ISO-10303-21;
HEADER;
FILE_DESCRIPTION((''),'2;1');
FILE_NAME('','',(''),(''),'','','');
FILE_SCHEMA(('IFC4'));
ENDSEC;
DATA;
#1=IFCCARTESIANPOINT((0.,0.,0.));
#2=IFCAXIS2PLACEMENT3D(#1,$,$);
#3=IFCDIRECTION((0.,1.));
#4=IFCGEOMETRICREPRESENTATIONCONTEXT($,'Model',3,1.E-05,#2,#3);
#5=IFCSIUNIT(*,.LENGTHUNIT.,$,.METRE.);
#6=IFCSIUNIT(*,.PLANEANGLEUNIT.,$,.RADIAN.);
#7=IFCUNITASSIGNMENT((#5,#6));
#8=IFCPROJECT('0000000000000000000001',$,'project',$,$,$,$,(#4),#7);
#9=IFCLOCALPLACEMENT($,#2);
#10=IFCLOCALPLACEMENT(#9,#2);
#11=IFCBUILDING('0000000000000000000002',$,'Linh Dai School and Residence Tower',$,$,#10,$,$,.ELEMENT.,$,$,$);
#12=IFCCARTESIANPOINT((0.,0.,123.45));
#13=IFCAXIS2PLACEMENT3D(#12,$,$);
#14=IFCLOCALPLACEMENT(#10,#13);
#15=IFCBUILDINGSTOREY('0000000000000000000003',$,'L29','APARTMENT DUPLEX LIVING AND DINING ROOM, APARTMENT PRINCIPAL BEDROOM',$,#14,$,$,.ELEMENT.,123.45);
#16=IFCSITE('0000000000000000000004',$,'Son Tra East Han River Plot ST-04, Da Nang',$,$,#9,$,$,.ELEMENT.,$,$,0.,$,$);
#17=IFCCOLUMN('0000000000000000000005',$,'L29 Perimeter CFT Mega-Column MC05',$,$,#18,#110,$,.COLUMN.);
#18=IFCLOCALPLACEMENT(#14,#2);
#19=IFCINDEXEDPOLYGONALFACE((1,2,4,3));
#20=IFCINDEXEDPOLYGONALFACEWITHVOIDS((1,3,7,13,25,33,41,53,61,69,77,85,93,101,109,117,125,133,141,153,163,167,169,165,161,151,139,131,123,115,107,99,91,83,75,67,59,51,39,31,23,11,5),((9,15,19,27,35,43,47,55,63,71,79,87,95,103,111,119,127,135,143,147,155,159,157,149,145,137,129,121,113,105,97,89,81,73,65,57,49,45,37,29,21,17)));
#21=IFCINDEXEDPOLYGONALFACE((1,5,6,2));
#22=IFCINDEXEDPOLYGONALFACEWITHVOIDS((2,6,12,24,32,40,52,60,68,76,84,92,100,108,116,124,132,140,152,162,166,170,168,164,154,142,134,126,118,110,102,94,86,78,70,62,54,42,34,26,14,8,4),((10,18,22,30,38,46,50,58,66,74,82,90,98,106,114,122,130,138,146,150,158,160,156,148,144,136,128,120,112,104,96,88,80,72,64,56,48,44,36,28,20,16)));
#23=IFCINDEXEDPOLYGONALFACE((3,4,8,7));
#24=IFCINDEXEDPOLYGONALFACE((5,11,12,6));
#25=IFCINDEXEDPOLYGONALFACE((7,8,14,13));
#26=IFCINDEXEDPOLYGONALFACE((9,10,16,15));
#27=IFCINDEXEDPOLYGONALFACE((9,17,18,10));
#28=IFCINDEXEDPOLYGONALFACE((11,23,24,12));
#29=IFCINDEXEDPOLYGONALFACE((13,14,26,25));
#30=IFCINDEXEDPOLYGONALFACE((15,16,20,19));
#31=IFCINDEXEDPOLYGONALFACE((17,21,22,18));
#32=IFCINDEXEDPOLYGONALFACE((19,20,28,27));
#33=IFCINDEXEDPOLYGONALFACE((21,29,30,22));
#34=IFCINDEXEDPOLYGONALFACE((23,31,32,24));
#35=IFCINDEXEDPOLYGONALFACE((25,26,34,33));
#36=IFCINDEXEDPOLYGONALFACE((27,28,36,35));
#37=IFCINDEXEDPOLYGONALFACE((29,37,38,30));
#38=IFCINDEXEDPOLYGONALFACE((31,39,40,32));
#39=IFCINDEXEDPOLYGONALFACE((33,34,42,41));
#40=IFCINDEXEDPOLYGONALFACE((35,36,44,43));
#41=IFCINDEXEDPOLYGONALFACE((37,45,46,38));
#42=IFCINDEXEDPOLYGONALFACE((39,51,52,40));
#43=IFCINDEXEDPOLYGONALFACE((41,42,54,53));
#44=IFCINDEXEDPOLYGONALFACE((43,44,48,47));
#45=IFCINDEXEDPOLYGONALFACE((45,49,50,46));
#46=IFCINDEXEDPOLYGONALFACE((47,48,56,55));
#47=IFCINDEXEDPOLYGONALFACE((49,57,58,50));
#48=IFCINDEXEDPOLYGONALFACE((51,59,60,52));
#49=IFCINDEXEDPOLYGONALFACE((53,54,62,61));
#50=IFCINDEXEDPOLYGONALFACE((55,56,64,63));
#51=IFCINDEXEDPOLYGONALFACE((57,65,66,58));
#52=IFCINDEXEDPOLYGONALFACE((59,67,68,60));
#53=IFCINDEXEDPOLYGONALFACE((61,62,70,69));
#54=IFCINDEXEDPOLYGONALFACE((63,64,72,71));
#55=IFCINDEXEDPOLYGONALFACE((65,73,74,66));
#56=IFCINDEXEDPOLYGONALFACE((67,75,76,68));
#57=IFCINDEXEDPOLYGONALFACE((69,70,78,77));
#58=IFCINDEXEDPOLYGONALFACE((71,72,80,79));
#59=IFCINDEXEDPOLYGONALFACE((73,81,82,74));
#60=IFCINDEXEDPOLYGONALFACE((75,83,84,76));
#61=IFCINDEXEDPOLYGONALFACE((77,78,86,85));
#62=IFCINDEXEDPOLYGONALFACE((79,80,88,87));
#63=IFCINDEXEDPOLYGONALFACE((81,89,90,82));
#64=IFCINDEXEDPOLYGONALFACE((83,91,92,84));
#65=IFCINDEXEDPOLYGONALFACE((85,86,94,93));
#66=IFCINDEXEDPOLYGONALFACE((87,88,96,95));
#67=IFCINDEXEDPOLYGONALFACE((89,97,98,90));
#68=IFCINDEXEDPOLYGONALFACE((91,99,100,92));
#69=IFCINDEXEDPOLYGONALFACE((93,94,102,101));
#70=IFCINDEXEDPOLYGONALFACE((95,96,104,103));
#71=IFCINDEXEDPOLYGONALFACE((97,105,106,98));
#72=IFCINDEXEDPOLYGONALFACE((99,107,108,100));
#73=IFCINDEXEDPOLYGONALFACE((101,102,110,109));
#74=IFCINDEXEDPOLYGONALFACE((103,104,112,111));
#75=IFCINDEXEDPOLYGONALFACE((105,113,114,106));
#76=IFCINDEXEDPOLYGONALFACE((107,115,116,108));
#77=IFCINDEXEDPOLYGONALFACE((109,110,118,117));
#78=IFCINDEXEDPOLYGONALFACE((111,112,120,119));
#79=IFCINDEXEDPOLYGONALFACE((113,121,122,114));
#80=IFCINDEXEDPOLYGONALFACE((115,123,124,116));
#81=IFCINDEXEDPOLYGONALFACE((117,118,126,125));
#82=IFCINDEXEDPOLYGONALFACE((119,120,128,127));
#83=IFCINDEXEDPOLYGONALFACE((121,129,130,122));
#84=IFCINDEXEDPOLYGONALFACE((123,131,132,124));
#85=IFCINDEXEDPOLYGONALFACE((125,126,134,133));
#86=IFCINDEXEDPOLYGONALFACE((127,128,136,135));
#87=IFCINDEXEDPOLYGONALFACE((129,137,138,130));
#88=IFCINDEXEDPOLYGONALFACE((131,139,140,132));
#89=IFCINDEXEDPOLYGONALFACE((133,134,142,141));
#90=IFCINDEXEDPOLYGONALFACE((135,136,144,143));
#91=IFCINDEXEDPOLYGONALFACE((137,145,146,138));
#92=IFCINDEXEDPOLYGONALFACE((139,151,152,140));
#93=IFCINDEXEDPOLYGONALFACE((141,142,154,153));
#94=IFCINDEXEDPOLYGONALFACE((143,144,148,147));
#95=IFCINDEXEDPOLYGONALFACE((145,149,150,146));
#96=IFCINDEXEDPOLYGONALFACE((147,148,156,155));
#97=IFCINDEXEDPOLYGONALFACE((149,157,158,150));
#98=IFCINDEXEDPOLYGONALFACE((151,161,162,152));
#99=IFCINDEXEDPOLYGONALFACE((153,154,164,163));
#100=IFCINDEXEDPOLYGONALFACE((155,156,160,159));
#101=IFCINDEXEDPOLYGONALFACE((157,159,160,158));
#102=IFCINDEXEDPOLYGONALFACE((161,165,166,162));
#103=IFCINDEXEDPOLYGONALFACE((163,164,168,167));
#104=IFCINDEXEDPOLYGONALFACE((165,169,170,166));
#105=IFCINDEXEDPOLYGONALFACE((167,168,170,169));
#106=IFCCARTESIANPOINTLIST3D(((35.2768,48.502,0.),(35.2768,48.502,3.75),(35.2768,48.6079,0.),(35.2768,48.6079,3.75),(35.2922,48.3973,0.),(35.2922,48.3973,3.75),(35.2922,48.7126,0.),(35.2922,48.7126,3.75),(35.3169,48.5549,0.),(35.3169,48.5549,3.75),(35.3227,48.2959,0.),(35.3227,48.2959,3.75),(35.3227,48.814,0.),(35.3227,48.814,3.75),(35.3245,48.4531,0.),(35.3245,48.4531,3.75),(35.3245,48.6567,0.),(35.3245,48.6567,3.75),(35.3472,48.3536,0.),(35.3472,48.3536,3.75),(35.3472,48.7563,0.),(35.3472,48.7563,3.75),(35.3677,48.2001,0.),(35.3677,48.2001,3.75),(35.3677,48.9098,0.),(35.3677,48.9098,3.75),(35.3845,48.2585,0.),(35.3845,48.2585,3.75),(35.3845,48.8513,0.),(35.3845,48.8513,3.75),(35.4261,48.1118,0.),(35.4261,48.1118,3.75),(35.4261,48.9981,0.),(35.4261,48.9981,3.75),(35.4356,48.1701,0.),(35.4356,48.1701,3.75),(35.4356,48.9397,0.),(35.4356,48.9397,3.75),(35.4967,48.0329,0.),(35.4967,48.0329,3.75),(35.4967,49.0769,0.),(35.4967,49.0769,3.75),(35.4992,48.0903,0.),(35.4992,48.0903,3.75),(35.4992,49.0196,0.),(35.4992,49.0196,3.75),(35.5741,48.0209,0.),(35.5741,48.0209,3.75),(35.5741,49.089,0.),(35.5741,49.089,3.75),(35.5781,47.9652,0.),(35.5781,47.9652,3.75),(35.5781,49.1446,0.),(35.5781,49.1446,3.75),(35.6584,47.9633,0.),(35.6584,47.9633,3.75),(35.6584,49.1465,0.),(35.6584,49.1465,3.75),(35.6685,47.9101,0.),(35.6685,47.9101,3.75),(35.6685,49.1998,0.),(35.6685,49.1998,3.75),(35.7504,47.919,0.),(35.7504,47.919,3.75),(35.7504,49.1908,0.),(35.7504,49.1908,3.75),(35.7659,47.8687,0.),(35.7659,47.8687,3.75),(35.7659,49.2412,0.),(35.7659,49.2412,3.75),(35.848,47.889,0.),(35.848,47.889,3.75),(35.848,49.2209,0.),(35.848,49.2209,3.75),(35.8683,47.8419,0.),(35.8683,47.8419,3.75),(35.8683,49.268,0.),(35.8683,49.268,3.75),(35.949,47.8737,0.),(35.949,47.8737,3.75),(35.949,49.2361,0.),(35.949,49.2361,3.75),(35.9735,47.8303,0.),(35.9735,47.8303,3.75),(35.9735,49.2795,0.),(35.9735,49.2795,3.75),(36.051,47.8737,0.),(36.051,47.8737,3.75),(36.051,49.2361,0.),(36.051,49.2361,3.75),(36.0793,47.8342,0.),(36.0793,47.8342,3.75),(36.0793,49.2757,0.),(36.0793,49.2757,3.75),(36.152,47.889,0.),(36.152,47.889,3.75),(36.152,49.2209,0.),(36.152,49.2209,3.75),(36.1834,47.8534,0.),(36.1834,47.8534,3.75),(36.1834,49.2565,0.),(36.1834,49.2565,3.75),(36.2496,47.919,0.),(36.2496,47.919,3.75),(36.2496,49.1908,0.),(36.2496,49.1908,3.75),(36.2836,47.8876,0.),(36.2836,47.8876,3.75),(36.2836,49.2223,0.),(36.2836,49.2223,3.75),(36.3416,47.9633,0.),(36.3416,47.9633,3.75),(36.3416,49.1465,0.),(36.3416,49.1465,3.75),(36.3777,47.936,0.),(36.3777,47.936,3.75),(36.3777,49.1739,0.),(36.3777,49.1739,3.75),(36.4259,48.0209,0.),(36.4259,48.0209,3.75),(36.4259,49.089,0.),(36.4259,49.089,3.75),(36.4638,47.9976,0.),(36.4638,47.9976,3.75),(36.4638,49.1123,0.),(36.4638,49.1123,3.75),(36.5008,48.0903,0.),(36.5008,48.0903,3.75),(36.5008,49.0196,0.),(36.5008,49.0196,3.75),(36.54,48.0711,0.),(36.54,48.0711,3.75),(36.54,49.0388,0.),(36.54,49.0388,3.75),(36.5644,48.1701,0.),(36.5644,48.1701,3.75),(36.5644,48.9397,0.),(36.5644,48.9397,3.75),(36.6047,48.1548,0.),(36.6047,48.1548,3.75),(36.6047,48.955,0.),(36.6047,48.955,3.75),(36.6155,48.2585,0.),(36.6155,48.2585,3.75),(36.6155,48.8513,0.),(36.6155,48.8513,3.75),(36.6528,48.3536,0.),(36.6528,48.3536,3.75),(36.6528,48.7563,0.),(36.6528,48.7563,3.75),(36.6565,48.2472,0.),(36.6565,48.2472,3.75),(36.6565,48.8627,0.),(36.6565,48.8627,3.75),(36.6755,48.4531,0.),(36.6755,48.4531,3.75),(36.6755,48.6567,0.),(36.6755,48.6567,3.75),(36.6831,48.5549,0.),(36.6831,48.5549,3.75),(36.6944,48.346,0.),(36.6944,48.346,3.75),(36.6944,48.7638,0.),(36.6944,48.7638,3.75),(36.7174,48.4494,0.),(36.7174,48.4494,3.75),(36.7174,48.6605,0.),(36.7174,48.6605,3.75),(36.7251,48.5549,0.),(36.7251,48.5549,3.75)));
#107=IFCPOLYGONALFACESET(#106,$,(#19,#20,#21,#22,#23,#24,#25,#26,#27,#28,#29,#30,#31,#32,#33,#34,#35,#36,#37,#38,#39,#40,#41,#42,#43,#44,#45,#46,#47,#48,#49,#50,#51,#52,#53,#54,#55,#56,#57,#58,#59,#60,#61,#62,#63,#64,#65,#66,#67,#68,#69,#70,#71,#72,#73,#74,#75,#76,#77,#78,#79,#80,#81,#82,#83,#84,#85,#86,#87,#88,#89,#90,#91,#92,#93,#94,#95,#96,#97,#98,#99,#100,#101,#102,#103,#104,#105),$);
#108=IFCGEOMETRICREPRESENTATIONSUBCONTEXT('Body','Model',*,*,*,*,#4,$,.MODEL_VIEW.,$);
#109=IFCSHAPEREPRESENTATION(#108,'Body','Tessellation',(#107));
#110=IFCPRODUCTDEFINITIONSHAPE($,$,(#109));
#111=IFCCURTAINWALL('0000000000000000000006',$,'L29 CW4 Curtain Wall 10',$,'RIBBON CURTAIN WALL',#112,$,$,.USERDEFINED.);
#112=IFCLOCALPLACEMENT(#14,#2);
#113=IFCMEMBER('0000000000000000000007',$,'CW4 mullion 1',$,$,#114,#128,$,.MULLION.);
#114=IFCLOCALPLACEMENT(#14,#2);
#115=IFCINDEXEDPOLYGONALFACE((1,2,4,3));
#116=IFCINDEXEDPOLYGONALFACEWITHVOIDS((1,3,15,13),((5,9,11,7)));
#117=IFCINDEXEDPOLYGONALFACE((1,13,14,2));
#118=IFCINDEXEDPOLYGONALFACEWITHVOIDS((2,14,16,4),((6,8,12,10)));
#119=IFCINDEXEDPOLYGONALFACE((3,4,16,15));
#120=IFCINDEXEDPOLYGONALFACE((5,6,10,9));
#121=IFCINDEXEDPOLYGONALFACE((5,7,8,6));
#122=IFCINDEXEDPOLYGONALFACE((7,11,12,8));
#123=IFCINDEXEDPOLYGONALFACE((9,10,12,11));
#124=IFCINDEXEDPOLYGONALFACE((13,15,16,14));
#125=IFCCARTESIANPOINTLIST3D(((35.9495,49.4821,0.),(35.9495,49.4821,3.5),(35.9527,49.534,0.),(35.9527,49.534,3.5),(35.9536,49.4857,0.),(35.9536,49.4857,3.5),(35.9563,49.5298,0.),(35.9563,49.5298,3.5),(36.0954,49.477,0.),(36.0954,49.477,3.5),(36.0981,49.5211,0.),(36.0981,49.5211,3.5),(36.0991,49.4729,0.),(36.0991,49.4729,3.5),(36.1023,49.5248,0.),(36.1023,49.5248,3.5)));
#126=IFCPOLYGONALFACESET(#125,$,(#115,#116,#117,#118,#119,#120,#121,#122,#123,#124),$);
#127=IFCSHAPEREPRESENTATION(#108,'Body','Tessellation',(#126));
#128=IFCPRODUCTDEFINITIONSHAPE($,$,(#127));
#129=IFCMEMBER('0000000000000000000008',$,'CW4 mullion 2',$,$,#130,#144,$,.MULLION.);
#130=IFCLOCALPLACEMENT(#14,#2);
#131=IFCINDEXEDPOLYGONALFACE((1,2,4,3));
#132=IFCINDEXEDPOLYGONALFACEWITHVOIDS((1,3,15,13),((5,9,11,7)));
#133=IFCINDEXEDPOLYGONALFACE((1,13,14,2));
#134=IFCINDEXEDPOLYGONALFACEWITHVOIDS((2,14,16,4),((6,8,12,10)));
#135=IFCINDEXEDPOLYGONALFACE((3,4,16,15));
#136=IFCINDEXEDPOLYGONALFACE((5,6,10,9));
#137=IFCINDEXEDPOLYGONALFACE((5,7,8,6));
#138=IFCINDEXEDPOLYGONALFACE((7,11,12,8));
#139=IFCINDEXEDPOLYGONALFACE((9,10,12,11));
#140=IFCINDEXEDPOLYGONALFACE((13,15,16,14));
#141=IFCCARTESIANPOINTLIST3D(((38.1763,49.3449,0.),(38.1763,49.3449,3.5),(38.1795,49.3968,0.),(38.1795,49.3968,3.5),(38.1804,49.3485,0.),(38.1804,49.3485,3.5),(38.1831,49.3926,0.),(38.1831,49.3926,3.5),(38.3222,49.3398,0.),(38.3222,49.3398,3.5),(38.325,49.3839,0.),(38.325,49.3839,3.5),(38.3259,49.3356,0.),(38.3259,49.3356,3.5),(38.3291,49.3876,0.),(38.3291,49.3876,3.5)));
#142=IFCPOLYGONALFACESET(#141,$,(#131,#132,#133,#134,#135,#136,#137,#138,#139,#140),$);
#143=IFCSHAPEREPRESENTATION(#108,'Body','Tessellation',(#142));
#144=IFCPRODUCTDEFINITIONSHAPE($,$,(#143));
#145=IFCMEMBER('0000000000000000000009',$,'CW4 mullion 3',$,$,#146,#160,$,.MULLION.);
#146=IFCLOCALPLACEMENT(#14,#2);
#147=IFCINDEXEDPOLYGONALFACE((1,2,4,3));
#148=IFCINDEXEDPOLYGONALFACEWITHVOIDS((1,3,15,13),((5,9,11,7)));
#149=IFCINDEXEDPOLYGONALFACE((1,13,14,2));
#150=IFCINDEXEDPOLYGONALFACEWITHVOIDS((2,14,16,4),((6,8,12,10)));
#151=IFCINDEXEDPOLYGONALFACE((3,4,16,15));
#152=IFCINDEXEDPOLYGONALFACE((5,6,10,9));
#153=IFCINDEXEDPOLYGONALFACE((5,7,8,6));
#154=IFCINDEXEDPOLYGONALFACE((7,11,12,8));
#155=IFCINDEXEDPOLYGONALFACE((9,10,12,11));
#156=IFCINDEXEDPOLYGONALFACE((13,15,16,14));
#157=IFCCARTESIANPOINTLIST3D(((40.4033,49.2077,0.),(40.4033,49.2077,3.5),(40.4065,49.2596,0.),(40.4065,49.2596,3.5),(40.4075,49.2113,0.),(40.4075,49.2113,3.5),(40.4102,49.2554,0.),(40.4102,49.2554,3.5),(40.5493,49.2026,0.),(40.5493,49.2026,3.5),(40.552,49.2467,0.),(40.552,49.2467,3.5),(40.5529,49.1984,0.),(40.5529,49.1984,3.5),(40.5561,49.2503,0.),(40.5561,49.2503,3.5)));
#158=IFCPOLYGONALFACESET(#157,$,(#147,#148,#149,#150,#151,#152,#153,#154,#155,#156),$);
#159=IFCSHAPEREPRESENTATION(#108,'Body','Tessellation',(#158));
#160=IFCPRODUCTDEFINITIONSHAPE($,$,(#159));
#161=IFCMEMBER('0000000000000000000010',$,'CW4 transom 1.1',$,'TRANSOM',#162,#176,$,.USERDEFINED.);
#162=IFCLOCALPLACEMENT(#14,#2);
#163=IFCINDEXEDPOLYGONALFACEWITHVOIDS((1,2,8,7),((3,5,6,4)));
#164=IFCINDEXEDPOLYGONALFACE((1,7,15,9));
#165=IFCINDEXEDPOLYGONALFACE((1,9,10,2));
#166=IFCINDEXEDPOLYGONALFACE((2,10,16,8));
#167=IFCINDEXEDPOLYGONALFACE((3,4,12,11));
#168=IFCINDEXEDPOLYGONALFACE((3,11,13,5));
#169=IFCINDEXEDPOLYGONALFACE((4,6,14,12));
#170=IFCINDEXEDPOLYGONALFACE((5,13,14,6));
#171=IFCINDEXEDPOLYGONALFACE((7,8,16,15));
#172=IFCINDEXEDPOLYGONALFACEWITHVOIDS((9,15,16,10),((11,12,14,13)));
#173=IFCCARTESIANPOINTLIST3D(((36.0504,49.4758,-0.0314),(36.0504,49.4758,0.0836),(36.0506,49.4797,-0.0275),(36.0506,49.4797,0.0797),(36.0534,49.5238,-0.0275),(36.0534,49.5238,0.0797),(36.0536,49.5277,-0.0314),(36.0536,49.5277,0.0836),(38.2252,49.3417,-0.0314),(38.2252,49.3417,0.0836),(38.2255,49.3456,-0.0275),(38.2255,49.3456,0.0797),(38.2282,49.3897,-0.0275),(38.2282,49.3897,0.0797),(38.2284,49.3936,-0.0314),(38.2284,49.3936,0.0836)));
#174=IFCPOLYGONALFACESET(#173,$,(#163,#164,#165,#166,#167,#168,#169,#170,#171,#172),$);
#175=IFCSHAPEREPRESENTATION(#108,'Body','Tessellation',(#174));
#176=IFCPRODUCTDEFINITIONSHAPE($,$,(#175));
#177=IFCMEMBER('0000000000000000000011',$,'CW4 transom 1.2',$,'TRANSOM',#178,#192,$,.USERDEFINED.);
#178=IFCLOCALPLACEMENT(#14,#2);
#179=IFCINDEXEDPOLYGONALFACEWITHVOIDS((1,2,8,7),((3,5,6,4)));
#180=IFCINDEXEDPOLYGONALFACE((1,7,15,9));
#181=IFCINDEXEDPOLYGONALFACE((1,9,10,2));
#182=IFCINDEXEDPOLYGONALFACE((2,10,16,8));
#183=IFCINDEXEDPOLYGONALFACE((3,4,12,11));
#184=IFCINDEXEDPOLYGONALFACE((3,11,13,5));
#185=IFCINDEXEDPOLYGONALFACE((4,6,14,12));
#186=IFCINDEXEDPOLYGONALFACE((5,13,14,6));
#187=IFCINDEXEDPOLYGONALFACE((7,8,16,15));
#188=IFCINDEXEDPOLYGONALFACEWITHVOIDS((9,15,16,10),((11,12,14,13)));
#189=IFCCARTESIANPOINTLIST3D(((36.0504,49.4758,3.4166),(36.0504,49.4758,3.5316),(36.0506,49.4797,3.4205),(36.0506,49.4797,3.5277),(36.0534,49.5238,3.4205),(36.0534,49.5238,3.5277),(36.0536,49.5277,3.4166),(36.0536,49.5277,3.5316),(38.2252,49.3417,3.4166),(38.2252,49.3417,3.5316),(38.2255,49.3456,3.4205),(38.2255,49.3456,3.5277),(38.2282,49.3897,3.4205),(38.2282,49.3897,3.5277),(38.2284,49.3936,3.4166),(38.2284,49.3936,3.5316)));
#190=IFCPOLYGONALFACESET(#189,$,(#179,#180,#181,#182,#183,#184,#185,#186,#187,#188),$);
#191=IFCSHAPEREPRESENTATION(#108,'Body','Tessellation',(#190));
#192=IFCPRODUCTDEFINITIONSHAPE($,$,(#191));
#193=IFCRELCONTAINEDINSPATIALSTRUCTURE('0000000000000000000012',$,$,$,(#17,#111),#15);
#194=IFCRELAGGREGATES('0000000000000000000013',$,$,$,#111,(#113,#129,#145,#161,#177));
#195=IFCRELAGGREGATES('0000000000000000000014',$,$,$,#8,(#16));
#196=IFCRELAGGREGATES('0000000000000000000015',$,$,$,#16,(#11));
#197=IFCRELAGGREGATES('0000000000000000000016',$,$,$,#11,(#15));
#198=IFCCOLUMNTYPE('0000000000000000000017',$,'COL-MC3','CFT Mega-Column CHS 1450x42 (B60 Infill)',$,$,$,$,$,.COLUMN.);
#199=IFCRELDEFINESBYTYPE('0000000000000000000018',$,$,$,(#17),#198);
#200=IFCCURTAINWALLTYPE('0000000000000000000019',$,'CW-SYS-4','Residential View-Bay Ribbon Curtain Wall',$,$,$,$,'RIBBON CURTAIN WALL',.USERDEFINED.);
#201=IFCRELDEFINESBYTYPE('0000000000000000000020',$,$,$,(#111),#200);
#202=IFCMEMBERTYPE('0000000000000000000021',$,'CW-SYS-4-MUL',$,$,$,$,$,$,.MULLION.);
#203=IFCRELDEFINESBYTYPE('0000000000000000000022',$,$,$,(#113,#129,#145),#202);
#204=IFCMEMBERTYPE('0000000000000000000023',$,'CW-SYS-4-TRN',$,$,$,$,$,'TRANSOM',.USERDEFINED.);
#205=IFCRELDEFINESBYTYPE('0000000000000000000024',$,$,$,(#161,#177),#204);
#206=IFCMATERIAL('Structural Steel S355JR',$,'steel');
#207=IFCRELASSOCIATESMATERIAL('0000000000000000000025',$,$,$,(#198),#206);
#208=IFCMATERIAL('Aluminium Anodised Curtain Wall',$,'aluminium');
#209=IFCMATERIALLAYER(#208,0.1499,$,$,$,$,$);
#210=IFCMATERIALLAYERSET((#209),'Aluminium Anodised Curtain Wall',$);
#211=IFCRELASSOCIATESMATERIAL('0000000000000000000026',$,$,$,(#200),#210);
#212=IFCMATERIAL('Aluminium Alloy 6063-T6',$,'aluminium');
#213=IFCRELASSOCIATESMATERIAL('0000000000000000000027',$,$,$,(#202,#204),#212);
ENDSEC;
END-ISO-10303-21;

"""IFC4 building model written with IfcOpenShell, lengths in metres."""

from ifc_helpers import new_model, si_unit, direction, frame, origin, origin_2d, place, context, subcontext, project, spatial, hollow_rectangle, hollow_circle, extrude, source, transform, mapped, material, layer, layer_set, material_profile, profile_set, type_object, element, aggregate, save


model = new_model("IFC4")

# Units and contexts
model_context = context("Model", 3, precision=1e-05, world=origin(), true_north=direction((0.0, 1.0)))
body_context = subcontext(model_context, "Body", "Model", "MODEL_VIEW")
ifc_project = project(units=[si_unit("LENGTHUNIT", "METRE"), si_unit("PLANEANGLEUNIT", "RADIAN")], contexts=[model_context])

# Site, building, storey
site_placement = place(None, origin())
site = spatial("IfcSite", under=ifc_project, at=site_placement, Name="Son Tra East Han River Plot ST-04, Da Nang", CompositionType="ELEMENT", RefElevation=0.0)
building_placement = place(site_placement, origin())
building = spatial("IfcBuilding", under=site, at=building_placement, Name="Linh Dai School and Residence Tower", CompositionType="ELEMENT")
storey_placement = place(building_placement, frame((0.0, 0.0, 123.45)))
storey = spatial("IfcBuildingStorey", under=building, at=storey_placement, Name="L29", Description="APARTMENT DUPLEX LIVING AND DINING ROOM, APARTMENT PRINCIPAL BEDROOM", CompositionType="ELEMENT", Elevation=123.45)

# Column
ifc_material_1 = material(Name="Structural Steel S355JR", Category="steel")
ifc_material_profile_1 = material_profile(ifc_material_1, hollow_circle(Radius=0.7251, WallThickness=0.042, at=origin_2d()), Name="CHS 1450x42")
ifc_profile_set_1 = profile_set([ifc_material_profile_1], Name="Structural Steel S355JR")
column_type = type_object("IfcColumnType", Name="COL-MC3", Description="CFT Mega-Column CHS 1450x42 (B60 Infill)", PredefinedType="COLUMN", material=ifc_profile_set_1)
column_placement = place(storey_placement, frame((36.0, 48.5549, 0.0), z_axis=(0.0, 0.0, 1.0), x_axis=(1.0, 0.0, 0.0)))
element("IfcColumn", 1, at=column_placement, inside=storey, type_object=column_type, Name="L29 Perimeter CFT Mega-Column MC05", PredefinedType="COLUMN", context=body_context, shape_type="SweptSolid", body=[
    extrude(hollow_circle(Radius=0.7251, WallThickness=0.042, at=origin_2d()), origin(), (0.0, 0.0, 1.0), 3.75),
])

# Curtain wall, members
ifc_material_2 = material(Name="Aluminium Anodised Curtain Wall", Category="aluminium")
ifc_layer_1 = layer(ifc_material_2, 0.1499)
ifc_layer_set_1 = layer_set([ifc_layer_1], Name="Aluminium Anodised Curtain Wall")
curtain_wall_type = type_object("IfcCurtainWallType", Name="CW-SYS-4", Description="Residential View-Bay Ribbon Curtain Wall", ElementType="RIBBON CURTAIN WALL", PredefinedType="USERDEFINED", material=ifc_layer_set_1)
curtain_wall_placement = place(storey_placement, origin())
curtain_wall = element("IfcCurtainWall", 2, at=curtain_wall_placement, inside=storey, type_object=curtain_wall_type, Name="L29 CW4 Curtain Wall 10", ObjectType="RIBBON CURTAIN WALL", PredefinedType="USERDEFINED")
ifc_material_3 = material(Name="Aluminium Alloy 6063-T6", Category="aluminium")
ifc_material_profile_2 = material_profile(ifc_material_3, hollow_rectangle(XDim=0.052, YDim=0.1499, WallThickness=0.0039, at=origin_2d()), Name="RHS 150x52x4")
ifc_profile_set_2 = profile_set([ifc_material_profile_2], Name="Aluminium Alloy 6063-T6")
member_type_1 = type_object("IfcMemberType", Name="CW-SYS-4-MUL", PredefinedType="MULLION", material=ifc_profile_set_2)
shared_shape_1 = source(origin(), body_context, "Body", "SweptSolid", [
    extrude(hollow_rectangle(XDim=0.052, YDim=0.1499, WallThickness=0.0039, at=origin_2d()), origin(), (0.0, 0.0, 1.0), 3.5),
])
member_1_placement = place(storey_placement, frame((36.0259, 49.5034, 0.0), z_axis=(0.0, 0.0, 1.0), x_axis=(0.061509, 0.998107, 0.0)))
member_1 = element("IfcMember", 3, at=member_1_placement, type_object=member_type_1, Name="CW4 mullion 1", PredefinedType="MULLION", context=body_context, shape_type="MappedRepresentation", body=[
    mapped(shared_shape_1, transform((0.0, 0.0, 0.0), x_axis=(1.0, 0.0, 0.0), y_axis=(0.0, 1.0, 0.0), z_axis=(0.0, 0.0, 1.0), scale=1.0)),
])
member_2_placement = place(storey_placement, frame((38.2527, 49.3662, 0.0), z_axis=(0.0, 0.0, 1.0), x_axis=(0.061509, 0.998107, 0.0)))
member_2 = element("IfcMember", 4, at=member_2_placement, type_object=member_type_1, Name="CW4 mullion 2", PredefinedType="MULLION", context=body_context, shape_type="MappedRepresentation", body=[
    mapped(shared_shape_1, transform((0.0, 0.0, 0.0), x_axis=(1.0, 0.0, 0.0), y_axis=(0.0, 1.0, 0.0), z_axis=(0.0, 0.0, 1.0), scale=1.0)),
])
member_3_placement = place(storey_placement, frame((40.4797, 49.229, 0.0), z_axis=(0.0, 0.0, 1.0), x_axis=(0.061509, 0.998107, 0.0)))
member_3 = element("IfcMember", 5, at=member_3_placement, type_object=member_type_1, Name="CW4 mullion 3", PredefinedType="MULLION", context=body_context, shape_type="MappedRepresentation", body=[
    mapped(shared_shape_1, transform((0.0, 0.0, 0.0), x_axis=(1.0, 0.0, 0.0), y_axis=(0.0, 1.0, 0.0), z_axis=(0.0, 0.0, 1.0), scale=1.0)),
])
ifc_material_profile_3 = material_profile(ifc_material_3, hollow_rectangle(XDim=0.052, YDim=0.115, WallThickness=0.0039, at=origin_2d()), Name="RHS 115x52x4")
ifc_profile_set_3 = profile_set([ifc_material_profile_3], Name="Aluminium Alloy 6063-T6")
member_type_2 = type_object("IfcMemberType", Name="CW-SYS-4-TRN", ElementType="TRANSOM", PredefinedType="USERDEFINED", material=ifc_profile_set_3)
shared_shape_2 = source(origin(), body_context, "Body", "SweptSolid", [
    extrude(hollow_rectangle(XDim=0.052, YDim=0.115, WallThickness=0.0039, at=origin_2d()), origin(), (0.0, 0.0, 1.0), 2.179),
])
member_4_placement = place(storey_placement, frame((36.052, 49.5017, 0.0261), z_axis=(0.998106, -0.061513, 0.0), x_axis=(0.061513, 0.998106, 0.0)))
member_4 = element("IfcMember", 6, at=member_4_placement, type_object=member_type_2, Name="CW4 transom 1.1", ObjectType="TRANSOM", PredefinedType="USERDEFINED", context=body_context, shape_type="MappedRepresentation", body=[
    mapped(shared_shape_2, transform((0.0, 0.0, 0.0), x_axis=(1.0, 0.0, 0.0), y_axis=(0.0, 1.0, 0.0), z_axis=(0.0, 0.0, 1.0), scale=1.0)),
])
member_5_placement = place(storey_placement, frame((36.052, 49.5017, 3.4741), z_axis=(0.998106, -0.061513, 0.0), x_axis=(0.061513, 0.998106, 0.0)))
member_5 = element("IfcMember", 7, at=member_5_placement, type_object=member_type_2, Name="CW4 transom 1.2", ObjectType="TRANSOM", PredefinedType="USERDEFINED", context=body_context, shape_type="MappedRepresentation", body=[
    mapped(shared_shape_2, transform((0.0, 0.0, 0.0), x_axis=(1.0, 0.0, 0.0), y_axis=(0.0, 1.0, 0.0), z_axis=(0.0, 0.0, 1.0), scale=1.0)),
])

aggregate(curtain_wall, [member_1, member_2, member_3, member_4, member_5])

save(model, "model.ifc")
